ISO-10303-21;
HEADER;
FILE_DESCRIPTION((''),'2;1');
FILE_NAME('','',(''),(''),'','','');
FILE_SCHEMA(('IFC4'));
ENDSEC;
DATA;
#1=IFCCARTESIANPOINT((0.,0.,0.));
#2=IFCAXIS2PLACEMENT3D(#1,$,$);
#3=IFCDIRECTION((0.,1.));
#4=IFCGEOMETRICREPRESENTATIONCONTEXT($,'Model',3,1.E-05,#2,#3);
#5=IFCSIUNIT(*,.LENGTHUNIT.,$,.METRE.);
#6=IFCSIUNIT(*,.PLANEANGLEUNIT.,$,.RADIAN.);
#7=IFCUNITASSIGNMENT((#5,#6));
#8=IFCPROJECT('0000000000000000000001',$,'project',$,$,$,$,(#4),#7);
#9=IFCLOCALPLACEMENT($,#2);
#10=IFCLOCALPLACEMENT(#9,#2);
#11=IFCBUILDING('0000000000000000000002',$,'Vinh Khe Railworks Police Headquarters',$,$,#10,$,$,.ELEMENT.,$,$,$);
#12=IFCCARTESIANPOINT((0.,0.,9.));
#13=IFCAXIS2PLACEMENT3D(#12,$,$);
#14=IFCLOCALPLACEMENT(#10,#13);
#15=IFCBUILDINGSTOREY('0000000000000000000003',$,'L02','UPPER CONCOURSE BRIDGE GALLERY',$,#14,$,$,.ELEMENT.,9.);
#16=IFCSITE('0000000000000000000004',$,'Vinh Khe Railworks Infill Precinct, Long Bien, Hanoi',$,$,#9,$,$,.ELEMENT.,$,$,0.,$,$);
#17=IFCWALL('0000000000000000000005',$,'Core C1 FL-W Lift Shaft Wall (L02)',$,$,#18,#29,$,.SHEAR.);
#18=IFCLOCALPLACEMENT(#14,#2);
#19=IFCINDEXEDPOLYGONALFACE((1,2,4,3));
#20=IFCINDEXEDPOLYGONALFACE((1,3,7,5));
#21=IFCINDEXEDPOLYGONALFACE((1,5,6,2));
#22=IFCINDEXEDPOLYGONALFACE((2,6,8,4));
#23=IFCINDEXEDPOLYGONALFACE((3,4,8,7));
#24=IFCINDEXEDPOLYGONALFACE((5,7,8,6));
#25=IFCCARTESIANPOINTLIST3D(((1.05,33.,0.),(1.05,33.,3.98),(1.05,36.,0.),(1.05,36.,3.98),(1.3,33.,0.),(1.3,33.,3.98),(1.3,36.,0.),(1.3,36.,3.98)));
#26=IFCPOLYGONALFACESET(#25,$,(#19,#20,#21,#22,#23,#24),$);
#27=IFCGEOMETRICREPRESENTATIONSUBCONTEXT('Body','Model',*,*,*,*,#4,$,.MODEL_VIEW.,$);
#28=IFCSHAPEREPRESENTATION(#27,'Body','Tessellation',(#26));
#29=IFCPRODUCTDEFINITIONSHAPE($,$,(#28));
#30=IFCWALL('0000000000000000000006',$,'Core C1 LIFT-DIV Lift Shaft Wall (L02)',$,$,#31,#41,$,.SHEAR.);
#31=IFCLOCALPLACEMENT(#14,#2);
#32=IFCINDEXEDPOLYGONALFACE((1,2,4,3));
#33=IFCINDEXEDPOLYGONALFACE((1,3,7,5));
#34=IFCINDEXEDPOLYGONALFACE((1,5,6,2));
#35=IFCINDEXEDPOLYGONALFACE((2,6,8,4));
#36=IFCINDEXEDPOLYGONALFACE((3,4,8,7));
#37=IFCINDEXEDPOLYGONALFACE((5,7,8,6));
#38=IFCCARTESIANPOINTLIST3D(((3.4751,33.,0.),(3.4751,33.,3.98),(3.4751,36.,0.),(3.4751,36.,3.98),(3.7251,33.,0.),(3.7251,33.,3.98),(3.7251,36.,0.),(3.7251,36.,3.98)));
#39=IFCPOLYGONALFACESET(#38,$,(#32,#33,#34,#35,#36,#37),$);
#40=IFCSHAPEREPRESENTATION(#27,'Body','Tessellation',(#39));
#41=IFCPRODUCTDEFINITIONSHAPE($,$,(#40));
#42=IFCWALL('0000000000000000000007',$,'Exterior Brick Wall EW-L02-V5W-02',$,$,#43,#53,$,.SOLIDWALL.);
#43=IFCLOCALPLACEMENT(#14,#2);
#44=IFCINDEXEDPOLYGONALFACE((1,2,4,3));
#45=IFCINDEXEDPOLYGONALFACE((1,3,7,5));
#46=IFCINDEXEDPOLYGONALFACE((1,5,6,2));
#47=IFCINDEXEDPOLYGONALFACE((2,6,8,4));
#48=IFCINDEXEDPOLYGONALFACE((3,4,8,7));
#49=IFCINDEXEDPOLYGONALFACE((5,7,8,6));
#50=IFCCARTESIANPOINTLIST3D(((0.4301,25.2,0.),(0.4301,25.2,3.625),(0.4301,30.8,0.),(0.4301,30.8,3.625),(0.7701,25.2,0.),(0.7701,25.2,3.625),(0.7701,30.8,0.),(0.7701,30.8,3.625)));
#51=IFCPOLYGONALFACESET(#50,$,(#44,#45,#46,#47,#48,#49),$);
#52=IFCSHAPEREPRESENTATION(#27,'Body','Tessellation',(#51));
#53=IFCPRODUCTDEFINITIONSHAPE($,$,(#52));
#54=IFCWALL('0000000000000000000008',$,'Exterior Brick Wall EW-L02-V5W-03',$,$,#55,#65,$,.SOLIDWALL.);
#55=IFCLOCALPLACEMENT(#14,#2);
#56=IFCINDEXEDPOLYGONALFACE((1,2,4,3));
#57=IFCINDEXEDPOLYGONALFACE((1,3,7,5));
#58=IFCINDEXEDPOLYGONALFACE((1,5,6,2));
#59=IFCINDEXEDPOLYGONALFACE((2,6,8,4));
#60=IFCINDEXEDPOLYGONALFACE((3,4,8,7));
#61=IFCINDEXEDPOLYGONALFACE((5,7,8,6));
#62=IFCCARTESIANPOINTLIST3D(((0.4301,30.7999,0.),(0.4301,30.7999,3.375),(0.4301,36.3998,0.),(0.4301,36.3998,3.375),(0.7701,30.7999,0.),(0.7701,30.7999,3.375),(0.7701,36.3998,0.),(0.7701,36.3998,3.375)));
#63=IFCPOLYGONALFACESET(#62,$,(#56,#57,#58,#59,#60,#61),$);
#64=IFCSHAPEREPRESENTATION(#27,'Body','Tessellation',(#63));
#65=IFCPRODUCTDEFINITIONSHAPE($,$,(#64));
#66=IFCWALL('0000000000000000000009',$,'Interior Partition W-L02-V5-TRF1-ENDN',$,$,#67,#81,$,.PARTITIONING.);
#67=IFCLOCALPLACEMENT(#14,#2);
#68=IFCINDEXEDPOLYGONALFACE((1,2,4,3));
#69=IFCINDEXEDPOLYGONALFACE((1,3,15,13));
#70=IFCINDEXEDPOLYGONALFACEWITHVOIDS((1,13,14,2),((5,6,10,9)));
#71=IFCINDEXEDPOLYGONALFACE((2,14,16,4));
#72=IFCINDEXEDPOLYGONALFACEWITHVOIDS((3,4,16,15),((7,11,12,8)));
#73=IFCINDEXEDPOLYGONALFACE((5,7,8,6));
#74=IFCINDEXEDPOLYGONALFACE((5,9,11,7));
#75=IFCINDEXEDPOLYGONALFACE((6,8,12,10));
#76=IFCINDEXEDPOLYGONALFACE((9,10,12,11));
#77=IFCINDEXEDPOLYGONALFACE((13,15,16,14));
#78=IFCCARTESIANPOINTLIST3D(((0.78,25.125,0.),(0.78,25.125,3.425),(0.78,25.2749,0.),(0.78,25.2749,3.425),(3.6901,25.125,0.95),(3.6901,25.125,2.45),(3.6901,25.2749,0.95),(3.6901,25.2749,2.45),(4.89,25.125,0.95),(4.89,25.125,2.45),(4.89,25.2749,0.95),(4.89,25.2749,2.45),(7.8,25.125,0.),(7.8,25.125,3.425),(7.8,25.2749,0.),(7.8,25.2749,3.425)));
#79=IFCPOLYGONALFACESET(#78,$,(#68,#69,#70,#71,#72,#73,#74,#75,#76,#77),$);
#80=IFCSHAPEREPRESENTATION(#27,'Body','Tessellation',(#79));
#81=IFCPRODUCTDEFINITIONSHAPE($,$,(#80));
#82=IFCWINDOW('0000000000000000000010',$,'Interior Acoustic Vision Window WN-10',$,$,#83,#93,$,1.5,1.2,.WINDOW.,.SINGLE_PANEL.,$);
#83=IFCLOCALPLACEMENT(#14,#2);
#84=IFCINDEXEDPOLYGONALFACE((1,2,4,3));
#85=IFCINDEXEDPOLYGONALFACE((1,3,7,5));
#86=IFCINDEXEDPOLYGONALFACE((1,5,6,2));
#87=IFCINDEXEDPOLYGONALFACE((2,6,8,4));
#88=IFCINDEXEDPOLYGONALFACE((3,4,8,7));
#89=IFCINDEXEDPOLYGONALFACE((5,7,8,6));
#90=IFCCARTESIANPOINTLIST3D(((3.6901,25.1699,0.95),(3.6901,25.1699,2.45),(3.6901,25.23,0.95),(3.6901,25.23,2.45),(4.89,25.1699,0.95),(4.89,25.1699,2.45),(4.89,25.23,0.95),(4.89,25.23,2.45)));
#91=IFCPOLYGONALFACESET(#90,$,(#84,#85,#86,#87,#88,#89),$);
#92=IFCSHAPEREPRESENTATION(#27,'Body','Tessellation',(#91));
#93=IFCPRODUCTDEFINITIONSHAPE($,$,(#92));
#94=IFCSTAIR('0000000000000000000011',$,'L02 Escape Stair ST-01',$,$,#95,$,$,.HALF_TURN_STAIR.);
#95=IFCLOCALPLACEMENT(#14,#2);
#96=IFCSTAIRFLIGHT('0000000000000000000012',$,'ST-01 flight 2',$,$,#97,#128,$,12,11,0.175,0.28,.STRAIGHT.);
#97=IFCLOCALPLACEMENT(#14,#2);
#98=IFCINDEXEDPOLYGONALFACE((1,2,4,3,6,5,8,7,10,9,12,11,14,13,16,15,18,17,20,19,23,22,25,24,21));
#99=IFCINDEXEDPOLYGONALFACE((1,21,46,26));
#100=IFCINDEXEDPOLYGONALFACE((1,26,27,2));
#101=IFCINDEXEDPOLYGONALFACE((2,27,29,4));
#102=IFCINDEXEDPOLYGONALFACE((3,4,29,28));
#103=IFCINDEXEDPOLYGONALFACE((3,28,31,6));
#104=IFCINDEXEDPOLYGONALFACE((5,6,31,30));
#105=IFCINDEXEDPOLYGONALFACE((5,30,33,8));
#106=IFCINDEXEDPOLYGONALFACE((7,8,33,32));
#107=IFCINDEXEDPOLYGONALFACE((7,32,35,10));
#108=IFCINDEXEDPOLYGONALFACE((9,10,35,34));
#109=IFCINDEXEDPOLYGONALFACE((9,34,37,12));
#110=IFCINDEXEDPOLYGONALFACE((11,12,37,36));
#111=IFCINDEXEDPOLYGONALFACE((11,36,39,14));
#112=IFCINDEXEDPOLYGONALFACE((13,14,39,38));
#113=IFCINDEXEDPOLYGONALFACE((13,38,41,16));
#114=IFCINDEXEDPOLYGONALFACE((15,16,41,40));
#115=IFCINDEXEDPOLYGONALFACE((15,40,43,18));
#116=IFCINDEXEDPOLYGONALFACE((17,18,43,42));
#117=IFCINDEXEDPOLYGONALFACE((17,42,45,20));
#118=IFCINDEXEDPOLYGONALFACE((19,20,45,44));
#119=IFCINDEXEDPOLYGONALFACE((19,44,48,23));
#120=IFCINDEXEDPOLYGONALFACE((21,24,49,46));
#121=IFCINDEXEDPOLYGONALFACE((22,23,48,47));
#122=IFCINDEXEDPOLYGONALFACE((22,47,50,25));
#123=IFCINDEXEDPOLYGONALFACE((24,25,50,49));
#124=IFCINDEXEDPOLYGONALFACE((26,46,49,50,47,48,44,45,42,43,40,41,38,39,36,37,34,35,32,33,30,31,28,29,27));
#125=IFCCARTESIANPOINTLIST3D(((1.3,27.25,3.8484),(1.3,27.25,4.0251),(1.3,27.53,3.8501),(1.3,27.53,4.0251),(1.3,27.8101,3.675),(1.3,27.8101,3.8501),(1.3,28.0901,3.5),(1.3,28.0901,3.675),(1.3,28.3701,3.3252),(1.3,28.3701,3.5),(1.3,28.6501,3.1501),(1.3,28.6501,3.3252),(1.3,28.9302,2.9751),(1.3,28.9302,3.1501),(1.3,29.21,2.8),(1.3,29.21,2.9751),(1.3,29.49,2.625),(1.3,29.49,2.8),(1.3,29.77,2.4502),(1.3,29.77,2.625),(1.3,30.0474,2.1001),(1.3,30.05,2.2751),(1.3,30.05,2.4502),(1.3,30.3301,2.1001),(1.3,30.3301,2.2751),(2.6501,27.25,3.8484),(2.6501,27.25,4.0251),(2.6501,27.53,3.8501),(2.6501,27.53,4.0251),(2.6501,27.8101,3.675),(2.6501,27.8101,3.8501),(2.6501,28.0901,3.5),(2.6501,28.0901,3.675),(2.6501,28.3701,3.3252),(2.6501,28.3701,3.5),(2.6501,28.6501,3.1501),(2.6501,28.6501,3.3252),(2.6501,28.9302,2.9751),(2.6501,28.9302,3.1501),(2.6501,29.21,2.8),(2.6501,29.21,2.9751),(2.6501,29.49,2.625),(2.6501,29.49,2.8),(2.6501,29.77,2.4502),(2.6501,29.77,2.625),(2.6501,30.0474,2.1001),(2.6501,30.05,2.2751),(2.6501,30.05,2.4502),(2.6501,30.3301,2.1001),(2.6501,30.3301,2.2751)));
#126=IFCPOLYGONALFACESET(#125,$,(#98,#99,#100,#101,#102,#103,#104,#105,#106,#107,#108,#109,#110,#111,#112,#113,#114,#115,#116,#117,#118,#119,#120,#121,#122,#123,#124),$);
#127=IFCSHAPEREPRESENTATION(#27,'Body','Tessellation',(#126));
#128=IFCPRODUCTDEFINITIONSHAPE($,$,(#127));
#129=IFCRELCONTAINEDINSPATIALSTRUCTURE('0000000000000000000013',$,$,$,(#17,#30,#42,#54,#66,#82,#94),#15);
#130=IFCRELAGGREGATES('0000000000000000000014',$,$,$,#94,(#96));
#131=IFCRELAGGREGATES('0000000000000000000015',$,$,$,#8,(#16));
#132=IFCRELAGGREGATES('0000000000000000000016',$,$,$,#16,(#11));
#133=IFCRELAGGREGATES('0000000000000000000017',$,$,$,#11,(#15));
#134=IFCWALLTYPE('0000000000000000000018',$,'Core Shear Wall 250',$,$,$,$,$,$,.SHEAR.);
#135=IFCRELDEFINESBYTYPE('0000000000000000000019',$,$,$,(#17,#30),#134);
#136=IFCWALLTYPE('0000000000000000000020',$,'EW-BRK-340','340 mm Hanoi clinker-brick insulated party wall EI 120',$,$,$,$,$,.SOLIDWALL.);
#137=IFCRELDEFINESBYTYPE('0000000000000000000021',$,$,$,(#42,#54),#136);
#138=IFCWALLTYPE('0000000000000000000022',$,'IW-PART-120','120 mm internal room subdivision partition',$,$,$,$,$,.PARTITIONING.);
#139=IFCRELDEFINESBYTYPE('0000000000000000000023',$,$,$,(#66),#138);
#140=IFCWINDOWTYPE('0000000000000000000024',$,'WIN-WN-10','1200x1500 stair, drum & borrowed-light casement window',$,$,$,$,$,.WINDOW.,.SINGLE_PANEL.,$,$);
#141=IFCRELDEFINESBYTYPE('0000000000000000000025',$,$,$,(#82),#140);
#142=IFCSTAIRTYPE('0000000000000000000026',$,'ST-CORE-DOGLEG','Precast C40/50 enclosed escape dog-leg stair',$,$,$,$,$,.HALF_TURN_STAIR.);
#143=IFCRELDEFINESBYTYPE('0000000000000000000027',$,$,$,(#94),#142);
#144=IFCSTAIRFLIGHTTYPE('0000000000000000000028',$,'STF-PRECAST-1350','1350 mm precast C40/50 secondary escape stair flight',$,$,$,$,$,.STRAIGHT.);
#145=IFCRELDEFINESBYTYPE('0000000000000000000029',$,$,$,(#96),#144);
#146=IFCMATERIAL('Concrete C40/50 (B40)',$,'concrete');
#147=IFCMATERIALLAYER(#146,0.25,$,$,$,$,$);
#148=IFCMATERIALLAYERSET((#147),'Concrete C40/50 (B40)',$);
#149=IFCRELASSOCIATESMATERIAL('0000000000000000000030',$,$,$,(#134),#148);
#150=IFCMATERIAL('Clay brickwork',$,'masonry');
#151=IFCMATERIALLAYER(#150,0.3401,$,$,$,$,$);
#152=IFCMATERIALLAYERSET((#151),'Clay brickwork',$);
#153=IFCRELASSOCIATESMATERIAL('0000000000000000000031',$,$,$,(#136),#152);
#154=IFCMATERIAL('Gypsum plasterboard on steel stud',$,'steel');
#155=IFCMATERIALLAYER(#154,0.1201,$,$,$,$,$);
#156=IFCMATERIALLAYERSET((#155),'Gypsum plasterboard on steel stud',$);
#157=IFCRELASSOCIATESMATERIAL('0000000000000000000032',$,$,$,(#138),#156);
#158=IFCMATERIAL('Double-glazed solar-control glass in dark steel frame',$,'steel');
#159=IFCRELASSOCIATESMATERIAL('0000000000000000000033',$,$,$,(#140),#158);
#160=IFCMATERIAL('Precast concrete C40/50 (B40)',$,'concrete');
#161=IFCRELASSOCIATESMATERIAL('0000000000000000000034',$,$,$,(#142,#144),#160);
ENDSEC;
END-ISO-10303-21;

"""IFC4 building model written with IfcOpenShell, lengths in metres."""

from ifc_helpers import new_model, si_unit, direction, frame, frame_2d, origin, place, context, subcontext, project, spatial, polyline, rectangle, outline, extrude, material, layer, layer_set, type_object, element, fill, aggregate, save


model = new_model("IFC4")

# Units and contexts
model_context = context("Model", 3, precision=1e-05, world=origin(), true_north=direction((0.0, 1.0)))
body_context = subcontext(model_context, "Body", "Model", "MODEL_VIEW")
ifc_project = project(units=[si_unit("LENGTHUNIT", "METRE"), si_unit("PLANEANGLEUNIT", "RADIAN")], contexts=[model_context])

# Site, building, storey
site_placement = place(None, origin())
site = spatial("IfcSite", under=ifc_project, at=site_placement, Name="Vinh Khe Railworks Infill Precinct, Long Bien, Hanoi", CompositionType="ELEMENT", RefElevation=0.0)
building_placement = place(site_placement, origin())
building = spatial("IfcBuilding", under=site, at=building_placement, Name="Vinh Khe Railworks Police Headquarters", CompositionType="ELEMENT")
storey_placement = place(building_placement, frame((0.0, 0.0, 9.0)))
storey = spatial("IfcBuildingStorey", under=building, at=storey_placement, Name="L02", Description="UPPER CONCOURSE BRIDGE GALLERY", CompositionType="ELEMENT", Elevation=9.0)

# Walls
ifc_material_1 = material(Name="Concrete C40/50 (B40)", Category="concrete")
ifc_layer_1 = layer(ifc_material_1, 0.25)
ifc_layer_set_1 = layer_set([ifc_layer_1], Name="Concrete C40/50 (B40)")
wall_type_1 = type_object("IfcWallType", Name="Core Shear Wall 250", PredefinedType="SHEAR", material=ifc_layer_set_1)
for number, where, z_axis, x_axis, name in (
    (1, (1.175, 33.0, 0.0), (0.0, 0.0, 1.0), (0.0, 1.0, 0.0), "Core C1 FL-W Lift Shaft Wall (L02)"),
    (2, (3.6001, 33.0, 0.0), (0.0, 0.0, 1.0), (0.0, 1.0, 0.0), "Core C1 LIFT-DIV Lift Shaft Wall (L02)"),
):
    element("IfcWall", number, at=place(storey_placement, frame(where, z_axis=z_axis, x_axis=x_axis)), inside=storey, type_object=wall_type_1, Name=name, PredefinedType="SHEAR", context=body_context, shape_type="SweptSolid", body=[
        extrude(rectangle(XDim=3.0, YDim=0.25, at=frame_2d((1.5, 0.0))), origin(), (0.0, 0.0, 1.0), 3.98),
    ])
ifc_material_2 = material(Name="Clay brickwork", Category="masonry")
ifc_layer_2 = layer(ifc_material_2, 0.3401)
ifc_layer_set_2 = layer_set([ifc_layer_2], Name="Clay brickwork")
wall_type_2 = type_object("IfcWallType", Name="EW-BRK-340", Description="340 mm Hanoi clinker-brick insulated party wall EI 120", PredefinedType="SOLIDWALL", material=ifc_layer_set_2)
wall_1_placement = place(storey_placement, frame((0.6001, 25.2, 0.0), z_axis=(0.0, 0.0, 1.0), x_axis=(0.0, 1.0, 0.0)))
element("IfcWall", 3, at=wall_1_placement, inside=storey, type_object=wall_type_2, Name="Exterior Brick Wall EW-L02-V5W-02", PredefinedType="SOLIDWALL", context=body_context, shape_type="SweptSolid", body=[
    extrude(rectangle(XDim=5.6001, YDim=0.3401, at=frame_2d((2.8, 0.0))), origin(), (0.0, 0.0, 1.0), 3.625),
])
wall_2_placement = place(storey_placement, frame((0.6001, 30.8, 0.0), z_axis=(0.0, 0.0, 1.0), x_axis=(0.0, 1.0, 0.0)))
element("IfcWall", 4, at=wall_2_placement, inside=storey, type_object=wall_type_2, Name="Exterior Brick Wall EW-L02-V5W-03", PredefinedType="SOLIDWALL", context=body_context, shape_type="SweptSolid", body=[
    extrude(rectangle(XDim=5.5999, YDim=0.3401, at=frame_2d((2.7998, 0.0))), origin(), (0.0, 0.0, 1.0), 3.375),
])

# Wall, opening, window
ifc_material_3 = material(Name="Gypsum plasterboard on steel stud", Category="steel")
ifc_layer_3 = layer(ifc_material_3, 0.1201)
ifc_layer_set_3 = layer_set([ifc_layer_3], Name="Gypsum plasterboard on steel stud")
wall_type_3 = type_object("IfcWallType", Name="IW-PART-120", Description="120 mm internal room subdivision partition", PredefinedType="PARTITIONING", material=ifc_layer_set_3)
wall_3_placement = place(storey_placement, frame((0.78, 25.2, 0.0), z_axis=(0.0, 0.0, 1.0), x_axis=(1.0, 0.0, 0.0)))
wall_3 = element("IfcWall", 5, at=wall_3_placement, inside=storey, type_object=wall_type_3, Name="Interior Partition W-L02-V5-TRF1-ENDN", PredefinedType="PARTITIONING", context=body_context, shape_type="SweptSolid", body=[
    extrude(rectangle(XDim=7.02, YDim=0.1499, at=frame_2d((3.51, 0.0))), origin(), (0.0, 0.0, 1.0), 3.425),
])
opening_placement = place(wall_3_placement, frame((2.9099, 0.0, 0.95)))
opening = element("IfcOpeningElement", 6, at=opening_placement, cuts=wall_3, PredefinedType="OPENING", context=body_context, shape_type="SweptSolid", body=[
    extrude(rectangle(XDim=1.2, YDim=1.5, at=frame_2d((0.6001, 0.75))), frame((0.0, 0.0898, 0.0), z_axis=(0.0, -1.0, 0.0), x_axis=(1.0, 0.0, 0.0)), (0.0, 0.0, 1.0), 0.1797),
])
ifc_material_4 = material(Name="Double-glazed solar-control glass in dark steel frame", Category="steel")
window_type = type_object("IfcWindowType", Name="WIN-WN-10", Description="1200x1500 stair, drum & borrowed-light casement window", PartitioningType="SINGLE_PANEL", PredefinedType="WINDOW", material=ifc_material_4)
window_placement = place(opening_placement, origin())
window = element("IfcWindow", 7, at=window_placement, inside=storey, type_object=window_type, Name="Interior Acoustic Vision Window WN-10", OverallHeight=1.5, OverallWidth=1.2, PartitioningType="SINGLE_PANEL", PredefinedType="WINDOW", context=body_context, shape_type="SweptSolid", body=[
    extrude(rectangle(XDim=1.2, YDim=1.5, at=frame_2d((0.6001, 0.75))), frame((0.0, 0.03, 0.0), z_axis=(0.0, -1.0, 0.0), x_axis=(1.0, 0.0, 0.0)), (0.0, 0.0, 1.0), 0.0601),
])
fill(opening, window)

# Stair, stair flight
ifc_material_5 = material(Name="Precast concrete C40/50 (B40)", Category="concrete")
stair_type = type_object("IfcStairType", Name="ST-CORE-DOGLEG", Description="Precast C40/50 enclosed escape dog-leg stair", PredefinedType="HALF_TURN_STAIR", material=ifc_material_5)
stair_placement = place(storey_placement, origin())
stair = element("IfcStair", 8, at=stair_placement, inside=storey, type_object=stair_type, Name="L02 Escape Stair ST-01", PredefinedType="HALF_TURN_STAIR")
stair_flight_type = type_object("IfcStairFlightType", Name="STF-PRECAST-1350", Description="1350 mm precast C40/50 secondary escape stair flight", PredefinedType="STRAIGHT", material=ifc_material_5)
stair_flight_placement = place(storey_placement, frame((1.9751, 30.3301, 2.1001), z_axis=(0.0, 0.0, 1.0), x_axis=(0.0, -1.0, 0.0)))
stair_flight = element("IfcStairFlight", 9, at=stair_flight_placement, type_object=stair_flight_type, Name="ST-01 flight 2", NumberOfRisers=12, NumberOfTreads=11, PredefinedType="STRAIGHT", RiserHeight=0.175, TreadLength=0.28, context=body_context, shape_type="SweptSolid", body=[
    extrude(outline(polyline([(0.0, 0.0), (0.0, 0.175), (0.28, 0.175), (0.28, 0.3501), (0.5601, 0.3501), (0.5601, 0.5249), (0.8401, 0.5249), (0.8401, 0.7), (1.1201, 0.7), (1.1201, 0.875), (1.3999, 0.875), (1.3999, 1.05), (1.6799, 1.05), (1.6799, 1.2251), (1.96, 1.2251), (1.96, 1.3999), (2.24, 1.3999), (2.24, 1.575), (2.52, 1.575), (2.52, 1.75), (2.8, 1.75), (2.8, 1.925), (3.0801, 1.925), (3.0801, 2.1001), (3.0801, 1.7483), (0.2827, 0.0), (0.0, 0.0)])), frame((0.0, 0.675, 0.0), z_axis=(0.0, -1.0, 0.0), x_axis=(1.0, 0.0, 0.0)), (0.0, 0.0, 1.0), 1.3501),
])
aggregate(stair, [stair_flight])

save(model, "model.ifc")
